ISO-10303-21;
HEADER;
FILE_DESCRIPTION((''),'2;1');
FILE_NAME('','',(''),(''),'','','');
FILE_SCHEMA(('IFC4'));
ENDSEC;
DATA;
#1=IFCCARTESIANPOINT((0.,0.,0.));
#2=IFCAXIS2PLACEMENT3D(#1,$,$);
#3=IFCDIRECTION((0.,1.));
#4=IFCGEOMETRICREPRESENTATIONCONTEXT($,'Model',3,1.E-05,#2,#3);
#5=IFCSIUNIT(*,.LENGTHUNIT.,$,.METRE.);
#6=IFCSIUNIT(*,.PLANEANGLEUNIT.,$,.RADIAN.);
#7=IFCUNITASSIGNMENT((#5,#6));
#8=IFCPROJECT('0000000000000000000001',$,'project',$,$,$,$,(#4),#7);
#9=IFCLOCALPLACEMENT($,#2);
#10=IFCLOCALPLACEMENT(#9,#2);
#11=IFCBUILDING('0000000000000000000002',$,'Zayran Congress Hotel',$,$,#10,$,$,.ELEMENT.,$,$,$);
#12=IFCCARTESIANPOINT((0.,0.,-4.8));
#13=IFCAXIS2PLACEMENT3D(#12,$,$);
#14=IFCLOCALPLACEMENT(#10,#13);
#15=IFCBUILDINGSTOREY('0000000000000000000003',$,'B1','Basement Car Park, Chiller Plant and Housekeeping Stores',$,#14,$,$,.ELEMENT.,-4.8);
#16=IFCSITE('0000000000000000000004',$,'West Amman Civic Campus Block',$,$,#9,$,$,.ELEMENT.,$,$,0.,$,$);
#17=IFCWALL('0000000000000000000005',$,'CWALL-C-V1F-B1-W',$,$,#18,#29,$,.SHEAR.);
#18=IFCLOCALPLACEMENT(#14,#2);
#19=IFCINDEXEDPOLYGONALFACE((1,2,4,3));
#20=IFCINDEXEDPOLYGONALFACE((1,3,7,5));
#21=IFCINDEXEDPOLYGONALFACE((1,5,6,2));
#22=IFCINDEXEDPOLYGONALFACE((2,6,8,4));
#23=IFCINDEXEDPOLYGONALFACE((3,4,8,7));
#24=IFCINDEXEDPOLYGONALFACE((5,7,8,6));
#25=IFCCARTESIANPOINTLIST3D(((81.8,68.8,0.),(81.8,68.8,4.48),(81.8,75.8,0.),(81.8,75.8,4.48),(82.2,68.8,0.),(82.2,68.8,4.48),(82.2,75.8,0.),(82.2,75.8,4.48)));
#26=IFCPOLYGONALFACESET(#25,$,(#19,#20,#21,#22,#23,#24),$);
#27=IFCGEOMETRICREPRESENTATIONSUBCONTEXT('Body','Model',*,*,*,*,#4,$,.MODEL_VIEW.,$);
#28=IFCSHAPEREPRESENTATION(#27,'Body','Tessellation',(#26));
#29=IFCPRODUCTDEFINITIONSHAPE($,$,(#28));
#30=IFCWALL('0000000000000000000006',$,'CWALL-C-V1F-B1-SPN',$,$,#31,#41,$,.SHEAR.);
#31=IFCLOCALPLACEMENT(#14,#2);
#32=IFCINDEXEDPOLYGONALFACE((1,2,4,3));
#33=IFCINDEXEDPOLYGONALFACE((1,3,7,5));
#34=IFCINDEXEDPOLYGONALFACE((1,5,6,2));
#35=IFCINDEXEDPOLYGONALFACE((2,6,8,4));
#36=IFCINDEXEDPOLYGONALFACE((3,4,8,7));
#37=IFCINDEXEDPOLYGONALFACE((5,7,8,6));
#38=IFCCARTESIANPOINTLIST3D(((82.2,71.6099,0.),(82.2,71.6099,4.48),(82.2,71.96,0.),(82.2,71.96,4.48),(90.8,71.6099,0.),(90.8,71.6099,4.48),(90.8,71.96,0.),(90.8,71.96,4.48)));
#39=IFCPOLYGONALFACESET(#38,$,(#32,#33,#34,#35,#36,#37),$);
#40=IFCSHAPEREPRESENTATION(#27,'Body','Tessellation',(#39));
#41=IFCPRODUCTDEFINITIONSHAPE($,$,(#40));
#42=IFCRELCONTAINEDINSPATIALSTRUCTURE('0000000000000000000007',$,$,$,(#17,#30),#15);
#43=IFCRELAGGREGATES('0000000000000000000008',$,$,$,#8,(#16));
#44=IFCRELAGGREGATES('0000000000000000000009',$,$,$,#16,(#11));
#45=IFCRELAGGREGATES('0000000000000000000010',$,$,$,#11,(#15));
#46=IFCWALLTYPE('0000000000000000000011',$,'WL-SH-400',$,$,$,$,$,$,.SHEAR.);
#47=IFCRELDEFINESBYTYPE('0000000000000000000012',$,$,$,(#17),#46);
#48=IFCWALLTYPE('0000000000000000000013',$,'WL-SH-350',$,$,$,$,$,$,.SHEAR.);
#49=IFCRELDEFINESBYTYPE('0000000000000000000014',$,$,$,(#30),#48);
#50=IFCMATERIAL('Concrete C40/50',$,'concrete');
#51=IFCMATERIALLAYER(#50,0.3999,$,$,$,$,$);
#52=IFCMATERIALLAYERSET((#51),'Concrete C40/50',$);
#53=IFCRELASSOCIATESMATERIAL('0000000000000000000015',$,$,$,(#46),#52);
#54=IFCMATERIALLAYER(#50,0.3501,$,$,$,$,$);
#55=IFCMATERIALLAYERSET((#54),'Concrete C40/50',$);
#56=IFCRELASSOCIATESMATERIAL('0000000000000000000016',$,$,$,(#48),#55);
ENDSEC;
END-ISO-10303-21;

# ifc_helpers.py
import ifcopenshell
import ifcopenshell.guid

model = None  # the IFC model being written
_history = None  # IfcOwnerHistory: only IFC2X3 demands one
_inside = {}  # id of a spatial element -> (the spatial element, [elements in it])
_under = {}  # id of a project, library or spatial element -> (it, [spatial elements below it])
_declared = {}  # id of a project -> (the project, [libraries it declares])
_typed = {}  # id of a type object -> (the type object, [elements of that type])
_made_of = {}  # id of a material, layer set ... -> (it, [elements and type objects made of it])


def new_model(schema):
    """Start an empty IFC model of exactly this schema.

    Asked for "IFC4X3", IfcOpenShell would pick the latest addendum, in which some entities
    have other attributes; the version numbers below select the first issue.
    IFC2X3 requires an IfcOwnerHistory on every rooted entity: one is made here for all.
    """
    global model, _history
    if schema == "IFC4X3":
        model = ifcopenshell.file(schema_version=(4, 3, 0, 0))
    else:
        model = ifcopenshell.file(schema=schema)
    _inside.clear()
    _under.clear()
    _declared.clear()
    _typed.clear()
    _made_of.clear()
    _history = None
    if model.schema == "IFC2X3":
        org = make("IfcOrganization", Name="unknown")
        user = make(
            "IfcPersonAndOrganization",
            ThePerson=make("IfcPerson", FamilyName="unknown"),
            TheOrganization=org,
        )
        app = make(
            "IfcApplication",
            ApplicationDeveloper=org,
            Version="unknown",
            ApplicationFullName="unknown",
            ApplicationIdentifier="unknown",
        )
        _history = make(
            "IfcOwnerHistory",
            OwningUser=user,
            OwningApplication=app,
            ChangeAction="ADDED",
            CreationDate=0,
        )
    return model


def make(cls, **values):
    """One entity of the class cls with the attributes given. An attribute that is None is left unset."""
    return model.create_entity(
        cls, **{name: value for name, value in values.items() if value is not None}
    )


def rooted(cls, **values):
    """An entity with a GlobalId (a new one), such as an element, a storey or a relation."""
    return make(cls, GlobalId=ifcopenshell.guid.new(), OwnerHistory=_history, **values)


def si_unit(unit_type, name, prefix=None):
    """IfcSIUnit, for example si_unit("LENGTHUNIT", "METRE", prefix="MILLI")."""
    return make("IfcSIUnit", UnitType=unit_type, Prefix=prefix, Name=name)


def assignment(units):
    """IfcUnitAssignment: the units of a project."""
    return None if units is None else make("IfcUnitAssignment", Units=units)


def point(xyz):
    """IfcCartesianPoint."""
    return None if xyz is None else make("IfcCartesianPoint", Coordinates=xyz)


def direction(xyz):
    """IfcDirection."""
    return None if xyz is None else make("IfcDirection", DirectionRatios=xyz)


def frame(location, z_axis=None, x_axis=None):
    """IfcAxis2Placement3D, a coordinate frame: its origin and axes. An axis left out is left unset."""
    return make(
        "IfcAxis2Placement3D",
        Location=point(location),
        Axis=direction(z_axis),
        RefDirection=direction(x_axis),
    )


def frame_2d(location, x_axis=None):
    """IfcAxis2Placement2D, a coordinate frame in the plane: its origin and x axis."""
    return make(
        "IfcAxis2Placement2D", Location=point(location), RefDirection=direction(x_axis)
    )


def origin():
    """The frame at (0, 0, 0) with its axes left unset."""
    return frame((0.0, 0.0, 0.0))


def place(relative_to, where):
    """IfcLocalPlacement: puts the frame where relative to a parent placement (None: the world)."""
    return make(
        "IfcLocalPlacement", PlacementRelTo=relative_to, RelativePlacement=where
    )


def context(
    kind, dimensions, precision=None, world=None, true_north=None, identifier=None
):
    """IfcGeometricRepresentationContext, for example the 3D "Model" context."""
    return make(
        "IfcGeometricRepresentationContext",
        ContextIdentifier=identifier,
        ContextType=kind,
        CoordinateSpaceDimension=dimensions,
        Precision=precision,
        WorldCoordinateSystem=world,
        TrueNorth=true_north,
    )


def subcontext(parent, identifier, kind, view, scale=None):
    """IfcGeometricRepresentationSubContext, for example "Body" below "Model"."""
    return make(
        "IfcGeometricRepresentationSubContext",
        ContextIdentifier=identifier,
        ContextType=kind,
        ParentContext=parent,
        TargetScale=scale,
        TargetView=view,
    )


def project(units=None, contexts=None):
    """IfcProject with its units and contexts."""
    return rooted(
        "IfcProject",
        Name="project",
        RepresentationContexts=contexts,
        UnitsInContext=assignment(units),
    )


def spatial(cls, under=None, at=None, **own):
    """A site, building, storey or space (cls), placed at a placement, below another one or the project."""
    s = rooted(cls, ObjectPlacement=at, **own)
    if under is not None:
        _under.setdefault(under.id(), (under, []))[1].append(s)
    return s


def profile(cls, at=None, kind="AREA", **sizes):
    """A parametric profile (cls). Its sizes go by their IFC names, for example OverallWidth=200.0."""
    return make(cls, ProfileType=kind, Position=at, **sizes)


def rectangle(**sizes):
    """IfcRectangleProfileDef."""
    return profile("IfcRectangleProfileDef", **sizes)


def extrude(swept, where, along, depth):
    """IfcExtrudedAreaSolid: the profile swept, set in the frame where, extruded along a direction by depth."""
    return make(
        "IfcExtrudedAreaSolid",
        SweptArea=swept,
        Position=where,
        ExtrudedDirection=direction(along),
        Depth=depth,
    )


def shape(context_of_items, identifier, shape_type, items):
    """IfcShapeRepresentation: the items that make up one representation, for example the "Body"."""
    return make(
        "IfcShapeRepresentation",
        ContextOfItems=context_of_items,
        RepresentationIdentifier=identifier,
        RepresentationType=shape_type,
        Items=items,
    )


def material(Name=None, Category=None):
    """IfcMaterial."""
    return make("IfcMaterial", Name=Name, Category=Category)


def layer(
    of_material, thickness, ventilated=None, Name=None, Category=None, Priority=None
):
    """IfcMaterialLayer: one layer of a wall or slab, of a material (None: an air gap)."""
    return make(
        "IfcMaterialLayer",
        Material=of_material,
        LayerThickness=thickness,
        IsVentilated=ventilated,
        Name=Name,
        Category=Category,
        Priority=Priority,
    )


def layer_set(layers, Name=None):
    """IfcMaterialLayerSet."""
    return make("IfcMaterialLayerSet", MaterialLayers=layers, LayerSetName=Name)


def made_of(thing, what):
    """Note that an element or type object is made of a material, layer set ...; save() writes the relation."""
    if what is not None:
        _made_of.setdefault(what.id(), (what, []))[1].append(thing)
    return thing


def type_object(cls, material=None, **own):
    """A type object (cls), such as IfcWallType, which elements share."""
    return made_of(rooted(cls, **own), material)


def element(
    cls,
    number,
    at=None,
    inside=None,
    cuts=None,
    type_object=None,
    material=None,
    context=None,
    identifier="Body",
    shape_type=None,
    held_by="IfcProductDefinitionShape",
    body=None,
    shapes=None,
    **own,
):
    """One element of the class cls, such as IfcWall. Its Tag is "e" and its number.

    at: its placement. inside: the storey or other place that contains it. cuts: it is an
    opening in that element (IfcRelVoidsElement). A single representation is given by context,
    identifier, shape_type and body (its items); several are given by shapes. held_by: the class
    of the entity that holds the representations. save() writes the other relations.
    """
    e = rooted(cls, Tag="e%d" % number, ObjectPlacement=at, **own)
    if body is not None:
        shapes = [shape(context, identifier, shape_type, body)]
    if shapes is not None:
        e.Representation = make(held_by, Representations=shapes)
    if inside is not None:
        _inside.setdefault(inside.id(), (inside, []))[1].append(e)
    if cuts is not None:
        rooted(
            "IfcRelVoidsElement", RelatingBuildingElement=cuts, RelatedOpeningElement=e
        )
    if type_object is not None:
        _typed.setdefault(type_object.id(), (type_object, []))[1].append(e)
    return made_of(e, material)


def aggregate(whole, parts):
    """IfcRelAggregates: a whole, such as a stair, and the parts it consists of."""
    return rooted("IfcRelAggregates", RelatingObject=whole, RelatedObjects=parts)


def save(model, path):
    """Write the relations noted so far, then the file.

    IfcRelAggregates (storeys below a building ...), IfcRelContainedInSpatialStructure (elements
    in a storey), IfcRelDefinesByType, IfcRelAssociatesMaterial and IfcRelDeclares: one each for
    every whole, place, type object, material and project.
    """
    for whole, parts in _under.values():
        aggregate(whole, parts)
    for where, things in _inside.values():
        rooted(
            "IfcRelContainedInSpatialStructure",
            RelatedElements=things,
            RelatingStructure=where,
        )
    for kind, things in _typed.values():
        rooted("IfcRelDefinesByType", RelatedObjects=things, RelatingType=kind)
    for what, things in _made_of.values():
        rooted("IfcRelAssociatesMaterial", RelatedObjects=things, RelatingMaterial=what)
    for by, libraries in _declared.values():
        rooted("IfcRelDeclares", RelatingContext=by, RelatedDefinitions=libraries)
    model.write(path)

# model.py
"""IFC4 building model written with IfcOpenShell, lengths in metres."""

from ifc_helpers import new_model, si_unit, direction, frame, frame_2d, origin, place, context, subcontext, project, spatial, rectangle, extrude, material, layer, layer_set, type_object, element, save


model = new_model("IFC4")

# Units and contexts
model_context = context("Model", 3, precision=1e-05, world=origin(), true_north=direction((0.0, 1.0)))
body_context = subcontext(model_context, "Body", "Model", "MODEL_VIEW")
ifc_project = project(units=[si_unit("LENGTHUNIT", "METRE"), si_unit("PLANEANGLEUNIT", "RADIAN")], contexts=[model_context])

# Site, building, storey
site_placement = place(None, origin())
site = spatial("IfcSite", under=ifc_project, at=site_placement, Name="West Amman Civic Campus Block", CompositionType="ELEMENT", RefElevation=0.0)
building_placement = place(site_placement, origin())
building = spatial("IfcBuilding", under=site, at=building_placement, Name="Zayran Congress Hotel", CompositionType="ELEMENT")
storey_placement = place(building_placement, frame((0.0, 0.0, -4.8)))
storey = spatial("IfcBuildingStorey", under=building, at=storey_placement, Name="B1", Description="Basement Car Park, Chiller Plant and Housekeeping Stores", CompositionType="ELEMENT", Elevation=-4.8)

# Shared definitions
ifc_material = material(Name="Concrete C40/50", Category="concrete")

# Walls
ifc_layer_1 = layer(ifc_material, 0.3999)
ifc_layer_set_1 = layer_set([ifc_layer_1], Name="Concrete C40/50")
wall_type_1 = type_object("IfcWallType", Name="WL-SH-400", PredefinedType="SHEAR", material=ifc_layer_set_1)
wall_1_placement = place(storey_placement, frame((82.0, 75.8, 0.0), z_axis=(0.0, 0.0, 1.0), x_axis=(0.0, -1.0, 0.0)))
element("IfcWall", 1, at=wall_1_placement, inside=storey, type_object=wall_type_1, Name="CWALL-C-V1F-B1-W", PredefinedType="SHEAR", context=body_context, shape_type="SweptSolid", body=[
    extrude(rectangle(XDim=7.0, YDim=0.3999, at=frame_2d((3.5, 0.0))), origin(), (0.0, 0.0, 1.0), 4.48),
])
ifc_layer_2 = layer(ifc_material, 0.3501)
ifc_layer_set_2 = layer_set([ifc_layer_2], Name="Concrete C40/50")
wall_type_2 = type_object("IfcWallType", Name="WL-SH-350", PredefinedType="SHEAR", material=ifc_layer_set_2)
wall_2_placement = place(storey_placement, frame((82.2, 71.7849, 0.0), z_axis=(0.0, 0.0, 1.0), x_axis=(1.0, 0.0, 0.0)))
element("IfcWall", 2, at=wall_2_placement, inside=storey, type_object=wall_type_2, Name="CWALL-C-V1F-B1-SPN", PredefinedType="SHEAR", context=body_context, shape_type="SweptSolid", body=[
    extrude(rectangle(XDim=8.6001, YDim=0.3501, at=frame_2d((4.3, 0.0))), origin(), (0.0, 0.0, 1.0), 4.48),
])

save(model, "model.ifc")
